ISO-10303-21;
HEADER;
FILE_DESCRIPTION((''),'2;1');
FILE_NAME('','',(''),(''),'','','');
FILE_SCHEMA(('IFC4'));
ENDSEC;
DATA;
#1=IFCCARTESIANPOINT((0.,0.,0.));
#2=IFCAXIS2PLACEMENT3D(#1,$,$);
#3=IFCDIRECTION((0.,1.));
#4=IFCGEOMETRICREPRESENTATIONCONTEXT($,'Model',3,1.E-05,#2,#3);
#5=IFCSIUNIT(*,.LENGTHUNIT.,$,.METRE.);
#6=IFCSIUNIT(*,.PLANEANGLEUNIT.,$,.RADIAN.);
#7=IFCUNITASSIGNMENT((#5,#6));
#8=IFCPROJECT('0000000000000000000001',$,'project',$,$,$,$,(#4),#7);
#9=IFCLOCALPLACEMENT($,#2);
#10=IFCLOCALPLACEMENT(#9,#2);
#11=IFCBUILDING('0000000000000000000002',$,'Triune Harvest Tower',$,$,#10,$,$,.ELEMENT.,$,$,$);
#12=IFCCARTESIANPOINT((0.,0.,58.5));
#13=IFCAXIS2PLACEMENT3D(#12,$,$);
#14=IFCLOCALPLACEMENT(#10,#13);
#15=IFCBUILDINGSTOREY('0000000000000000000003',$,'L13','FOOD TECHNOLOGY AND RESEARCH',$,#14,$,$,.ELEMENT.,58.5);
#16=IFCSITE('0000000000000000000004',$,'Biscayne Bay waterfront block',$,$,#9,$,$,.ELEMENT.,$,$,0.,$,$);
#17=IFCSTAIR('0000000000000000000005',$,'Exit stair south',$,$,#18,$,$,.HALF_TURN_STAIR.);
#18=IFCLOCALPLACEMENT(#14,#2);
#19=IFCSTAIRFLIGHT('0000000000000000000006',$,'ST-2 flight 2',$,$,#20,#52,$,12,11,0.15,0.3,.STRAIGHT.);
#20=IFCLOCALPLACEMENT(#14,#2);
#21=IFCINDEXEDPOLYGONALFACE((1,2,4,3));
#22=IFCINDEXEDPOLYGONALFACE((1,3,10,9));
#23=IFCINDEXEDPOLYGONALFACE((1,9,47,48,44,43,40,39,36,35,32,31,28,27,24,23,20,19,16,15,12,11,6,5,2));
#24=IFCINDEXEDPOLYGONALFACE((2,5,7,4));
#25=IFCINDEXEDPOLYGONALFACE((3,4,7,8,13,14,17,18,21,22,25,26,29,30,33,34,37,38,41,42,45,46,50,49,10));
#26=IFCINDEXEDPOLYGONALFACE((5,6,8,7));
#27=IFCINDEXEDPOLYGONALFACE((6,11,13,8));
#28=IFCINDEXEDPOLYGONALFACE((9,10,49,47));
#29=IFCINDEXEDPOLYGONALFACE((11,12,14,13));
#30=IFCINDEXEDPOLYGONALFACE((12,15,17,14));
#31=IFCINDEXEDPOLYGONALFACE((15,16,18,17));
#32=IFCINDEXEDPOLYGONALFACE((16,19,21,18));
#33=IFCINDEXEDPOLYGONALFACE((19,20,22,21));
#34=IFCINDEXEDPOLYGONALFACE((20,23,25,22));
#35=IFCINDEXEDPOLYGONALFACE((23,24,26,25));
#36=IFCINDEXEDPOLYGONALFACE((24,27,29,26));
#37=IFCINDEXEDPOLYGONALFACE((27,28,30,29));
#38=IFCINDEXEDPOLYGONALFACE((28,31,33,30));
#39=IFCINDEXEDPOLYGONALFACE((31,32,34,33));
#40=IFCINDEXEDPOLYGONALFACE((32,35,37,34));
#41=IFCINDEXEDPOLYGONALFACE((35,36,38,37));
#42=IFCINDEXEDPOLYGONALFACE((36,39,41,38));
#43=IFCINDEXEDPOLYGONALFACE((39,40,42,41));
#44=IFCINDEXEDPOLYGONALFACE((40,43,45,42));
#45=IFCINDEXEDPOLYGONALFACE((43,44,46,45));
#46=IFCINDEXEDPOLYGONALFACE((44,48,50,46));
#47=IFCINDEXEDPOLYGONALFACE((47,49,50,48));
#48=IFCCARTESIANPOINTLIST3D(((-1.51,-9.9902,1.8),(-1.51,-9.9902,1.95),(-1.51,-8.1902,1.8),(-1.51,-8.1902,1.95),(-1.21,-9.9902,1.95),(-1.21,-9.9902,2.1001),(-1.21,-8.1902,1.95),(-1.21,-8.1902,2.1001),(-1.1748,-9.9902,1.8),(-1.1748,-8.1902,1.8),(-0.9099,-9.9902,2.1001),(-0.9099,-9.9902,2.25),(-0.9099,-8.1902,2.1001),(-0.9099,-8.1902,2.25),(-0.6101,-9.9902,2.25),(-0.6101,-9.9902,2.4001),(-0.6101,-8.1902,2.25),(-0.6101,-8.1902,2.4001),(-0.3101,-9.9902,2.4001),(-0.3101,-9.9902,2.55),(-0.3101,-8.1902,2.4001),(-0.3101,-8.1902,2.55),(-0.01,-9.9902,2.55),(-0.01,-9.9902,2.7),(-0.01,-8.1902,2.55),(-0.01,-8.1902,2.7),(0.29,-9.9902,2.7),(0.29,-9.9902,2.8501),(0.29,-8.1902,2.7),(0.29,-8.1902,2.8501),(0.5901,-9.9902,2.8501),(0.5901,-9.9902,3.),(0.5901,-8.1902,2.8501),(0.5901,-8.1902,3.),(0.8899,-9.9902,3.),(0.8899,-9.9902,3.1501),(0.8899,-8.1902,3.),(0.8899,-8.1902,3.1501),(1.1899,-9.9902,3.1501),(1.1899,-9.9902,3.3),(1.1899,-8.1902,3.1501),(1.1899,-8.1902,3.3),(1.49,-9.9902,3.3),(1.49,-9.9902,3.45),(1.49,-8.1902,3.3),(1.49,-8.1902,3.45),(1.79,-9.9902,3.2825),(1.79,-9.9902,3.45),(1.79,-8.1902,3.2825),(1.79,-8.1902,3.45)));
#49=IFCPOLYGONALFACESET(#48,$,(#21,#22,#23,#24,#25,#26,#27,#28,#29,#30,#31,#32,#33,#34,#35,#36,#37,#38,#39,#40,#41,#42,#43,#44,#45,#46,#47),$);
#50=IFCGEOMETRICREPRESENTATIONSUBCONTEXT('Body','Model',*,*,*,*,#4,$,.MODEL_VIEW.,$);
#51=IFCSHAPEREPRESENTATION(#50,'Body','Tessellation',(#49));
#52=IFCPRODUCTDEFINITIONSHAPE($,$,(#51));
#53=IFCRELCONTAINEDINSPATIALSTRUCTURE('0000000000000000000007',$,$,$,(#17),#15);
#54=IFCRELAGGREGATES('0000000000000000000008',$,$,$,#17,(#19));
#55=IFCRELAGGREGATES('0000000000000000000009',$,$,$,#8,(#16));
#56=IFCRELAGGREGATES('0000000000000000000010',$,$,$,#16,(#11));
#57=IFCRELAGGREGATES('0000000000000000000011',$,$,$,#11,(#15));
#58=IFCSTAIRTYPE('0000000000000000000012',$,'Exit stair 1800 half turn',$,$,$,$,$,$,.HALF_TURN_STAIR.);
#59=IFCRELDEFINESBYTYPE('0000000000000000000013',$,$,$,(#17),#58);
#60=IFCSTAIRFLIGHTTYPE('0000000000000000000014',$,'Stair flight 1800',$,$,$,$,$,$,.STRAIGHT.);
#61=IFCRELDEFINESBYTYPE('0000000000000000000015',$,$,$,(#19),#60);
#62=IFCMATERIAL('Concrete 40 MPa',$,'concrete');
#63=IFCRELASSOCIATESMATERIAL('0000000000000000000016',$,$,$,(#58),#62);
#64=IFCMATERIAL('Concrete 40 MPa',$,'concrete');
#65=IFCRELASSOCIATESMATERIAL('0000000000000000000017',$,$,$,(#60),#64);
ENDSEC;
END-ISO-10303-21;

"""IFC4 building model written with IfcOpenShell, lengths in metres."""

from ifc_helpers import new_model, si_unit, direction, frame, origin, place, context, subcontext, project, spatial, polyline, outline, extrude, source, transform, mapped, material, type_object, element, aggregate, save


model = new_model("IFC4")

# Units and contexts
model_context = context("Model", 3, precision=1e-05, world=origin(), true_north=direction((0.0, 1.0)))
body_context = subcontext(model_context, "Body", "Model", "MODEL_VIEW")
ifc_project = project(units=[si_unit("LENGTHUNIT", "METRE"), si_unit("PLANEANGLEUNIT", "RADIAN")], contexts=[model_context])

# Site, building, storey
site_placement = place(None, origin())
site = spatial("IfcSite", under=ifc_project, at=site_placement, Name="Biscayne Bay waterfront block", CompositionType="ELEMENT", RefElevation=0.0)
building_placement = place(site_placement, origin())
building = spatial("IfcBuilding", under=site, at=building_placement, Name="Triune Harvest Tower", CompositionType="ELEMENT")
storey_placement = place(building_placement, frame((0.0, 0.0, 58.5)))
storey = spatial("IfcBuildingStorey", under=building, at=storey_placement, Name="L13", Description="FOOD TECHNOLOGY AND RESEARCH", CompositionType="ELEMENT", Elevation=58.5)

# Shared definitions
ifc_material_1 = material(Name="Concrete 40 MPa", Category="concrete")
stair_type = type_object("IfcStairType", Name="Exit stair 1800 half turn", PredefinedType="HALF_TURN_STAIR", material=ifc_material_1)

# Stair, stair flight
stair_1_placement = place(storey_placement, origin())
stair_1 = element("IfcStair", 1, at=stair_1_placement, inside=storey, type_object=stair_type, Name="Exit stair south", PredefinedType="HALF_TURN_STAIR")
ifc_material_2 = material(Name="Concrete 40 MPa", Category="concrete")
stair_flight_type = type_object("IfcStairFlightType", Name="Stair flight 1800", PredefinedType="STRAIGHT", material=ifc_material_2)
shared_shape_1 = source(origin(), body_context, "Body", "SweptSolid", [
    extrude(outline(polyline([(0.0, 0.0), (0.0, 0.1499), (0.3, 0.1499), (0.3, 0.3), (0.6001, 0.3), (0.6001, 0.45), (0.8999, 0.45), (0.8999, 0.6001), (1.2, 0.6001), (1.2, 0.75), (1.5, 0.75), (1.5, 0.8999), (1.8, 0.8999), (1.8, 1.05), (2.1001, 1.05), (2.1001, 1.2), (2.3999, 1.2), (2.3999, 1.3501), (2.7, 1.3501), (2.7, 1.5), (3.0, 1.5), (3.0, 1.6499), (3.3, 1.6499), (3.3, 1.8), (3.3, 1.4824), (0.3352, 0.0), (0.0, 0.0)])), frame((0.0, 0.8999, 0.0), z_axis=(0.0, -1.0, 0.0), x_axis=(1.0, 0.0, 0.0)), (0.0, 0.0, 1.0), 1.8),
])
stair_flight_placement = place(storey_placement, frame((-1.51, -9.0901, 1.8), z_axis=(0.0, 0.0, 1.0), x_axis=(1.0, 0.0, 0.0)))
stair_flight = element("IfcStairFlight", 2, at=stair_flight_placement, type_object=stair_flight_type, Name="ST-2 flight 2", NumberOfRisers=12, NumberOfTreads=11, PredefinedType="STRAIGHT", RiserHeight=0.15, TreadLength=0.3, context=body_context, shape_type="MappedRepresentation", body=[
    mapped(shared_shape_1, transform((0.0, 0.0, 0.0), scale=1.0)),
])
aggregate(stair_1, [stair_flight])

save(model, "model.ifc")
